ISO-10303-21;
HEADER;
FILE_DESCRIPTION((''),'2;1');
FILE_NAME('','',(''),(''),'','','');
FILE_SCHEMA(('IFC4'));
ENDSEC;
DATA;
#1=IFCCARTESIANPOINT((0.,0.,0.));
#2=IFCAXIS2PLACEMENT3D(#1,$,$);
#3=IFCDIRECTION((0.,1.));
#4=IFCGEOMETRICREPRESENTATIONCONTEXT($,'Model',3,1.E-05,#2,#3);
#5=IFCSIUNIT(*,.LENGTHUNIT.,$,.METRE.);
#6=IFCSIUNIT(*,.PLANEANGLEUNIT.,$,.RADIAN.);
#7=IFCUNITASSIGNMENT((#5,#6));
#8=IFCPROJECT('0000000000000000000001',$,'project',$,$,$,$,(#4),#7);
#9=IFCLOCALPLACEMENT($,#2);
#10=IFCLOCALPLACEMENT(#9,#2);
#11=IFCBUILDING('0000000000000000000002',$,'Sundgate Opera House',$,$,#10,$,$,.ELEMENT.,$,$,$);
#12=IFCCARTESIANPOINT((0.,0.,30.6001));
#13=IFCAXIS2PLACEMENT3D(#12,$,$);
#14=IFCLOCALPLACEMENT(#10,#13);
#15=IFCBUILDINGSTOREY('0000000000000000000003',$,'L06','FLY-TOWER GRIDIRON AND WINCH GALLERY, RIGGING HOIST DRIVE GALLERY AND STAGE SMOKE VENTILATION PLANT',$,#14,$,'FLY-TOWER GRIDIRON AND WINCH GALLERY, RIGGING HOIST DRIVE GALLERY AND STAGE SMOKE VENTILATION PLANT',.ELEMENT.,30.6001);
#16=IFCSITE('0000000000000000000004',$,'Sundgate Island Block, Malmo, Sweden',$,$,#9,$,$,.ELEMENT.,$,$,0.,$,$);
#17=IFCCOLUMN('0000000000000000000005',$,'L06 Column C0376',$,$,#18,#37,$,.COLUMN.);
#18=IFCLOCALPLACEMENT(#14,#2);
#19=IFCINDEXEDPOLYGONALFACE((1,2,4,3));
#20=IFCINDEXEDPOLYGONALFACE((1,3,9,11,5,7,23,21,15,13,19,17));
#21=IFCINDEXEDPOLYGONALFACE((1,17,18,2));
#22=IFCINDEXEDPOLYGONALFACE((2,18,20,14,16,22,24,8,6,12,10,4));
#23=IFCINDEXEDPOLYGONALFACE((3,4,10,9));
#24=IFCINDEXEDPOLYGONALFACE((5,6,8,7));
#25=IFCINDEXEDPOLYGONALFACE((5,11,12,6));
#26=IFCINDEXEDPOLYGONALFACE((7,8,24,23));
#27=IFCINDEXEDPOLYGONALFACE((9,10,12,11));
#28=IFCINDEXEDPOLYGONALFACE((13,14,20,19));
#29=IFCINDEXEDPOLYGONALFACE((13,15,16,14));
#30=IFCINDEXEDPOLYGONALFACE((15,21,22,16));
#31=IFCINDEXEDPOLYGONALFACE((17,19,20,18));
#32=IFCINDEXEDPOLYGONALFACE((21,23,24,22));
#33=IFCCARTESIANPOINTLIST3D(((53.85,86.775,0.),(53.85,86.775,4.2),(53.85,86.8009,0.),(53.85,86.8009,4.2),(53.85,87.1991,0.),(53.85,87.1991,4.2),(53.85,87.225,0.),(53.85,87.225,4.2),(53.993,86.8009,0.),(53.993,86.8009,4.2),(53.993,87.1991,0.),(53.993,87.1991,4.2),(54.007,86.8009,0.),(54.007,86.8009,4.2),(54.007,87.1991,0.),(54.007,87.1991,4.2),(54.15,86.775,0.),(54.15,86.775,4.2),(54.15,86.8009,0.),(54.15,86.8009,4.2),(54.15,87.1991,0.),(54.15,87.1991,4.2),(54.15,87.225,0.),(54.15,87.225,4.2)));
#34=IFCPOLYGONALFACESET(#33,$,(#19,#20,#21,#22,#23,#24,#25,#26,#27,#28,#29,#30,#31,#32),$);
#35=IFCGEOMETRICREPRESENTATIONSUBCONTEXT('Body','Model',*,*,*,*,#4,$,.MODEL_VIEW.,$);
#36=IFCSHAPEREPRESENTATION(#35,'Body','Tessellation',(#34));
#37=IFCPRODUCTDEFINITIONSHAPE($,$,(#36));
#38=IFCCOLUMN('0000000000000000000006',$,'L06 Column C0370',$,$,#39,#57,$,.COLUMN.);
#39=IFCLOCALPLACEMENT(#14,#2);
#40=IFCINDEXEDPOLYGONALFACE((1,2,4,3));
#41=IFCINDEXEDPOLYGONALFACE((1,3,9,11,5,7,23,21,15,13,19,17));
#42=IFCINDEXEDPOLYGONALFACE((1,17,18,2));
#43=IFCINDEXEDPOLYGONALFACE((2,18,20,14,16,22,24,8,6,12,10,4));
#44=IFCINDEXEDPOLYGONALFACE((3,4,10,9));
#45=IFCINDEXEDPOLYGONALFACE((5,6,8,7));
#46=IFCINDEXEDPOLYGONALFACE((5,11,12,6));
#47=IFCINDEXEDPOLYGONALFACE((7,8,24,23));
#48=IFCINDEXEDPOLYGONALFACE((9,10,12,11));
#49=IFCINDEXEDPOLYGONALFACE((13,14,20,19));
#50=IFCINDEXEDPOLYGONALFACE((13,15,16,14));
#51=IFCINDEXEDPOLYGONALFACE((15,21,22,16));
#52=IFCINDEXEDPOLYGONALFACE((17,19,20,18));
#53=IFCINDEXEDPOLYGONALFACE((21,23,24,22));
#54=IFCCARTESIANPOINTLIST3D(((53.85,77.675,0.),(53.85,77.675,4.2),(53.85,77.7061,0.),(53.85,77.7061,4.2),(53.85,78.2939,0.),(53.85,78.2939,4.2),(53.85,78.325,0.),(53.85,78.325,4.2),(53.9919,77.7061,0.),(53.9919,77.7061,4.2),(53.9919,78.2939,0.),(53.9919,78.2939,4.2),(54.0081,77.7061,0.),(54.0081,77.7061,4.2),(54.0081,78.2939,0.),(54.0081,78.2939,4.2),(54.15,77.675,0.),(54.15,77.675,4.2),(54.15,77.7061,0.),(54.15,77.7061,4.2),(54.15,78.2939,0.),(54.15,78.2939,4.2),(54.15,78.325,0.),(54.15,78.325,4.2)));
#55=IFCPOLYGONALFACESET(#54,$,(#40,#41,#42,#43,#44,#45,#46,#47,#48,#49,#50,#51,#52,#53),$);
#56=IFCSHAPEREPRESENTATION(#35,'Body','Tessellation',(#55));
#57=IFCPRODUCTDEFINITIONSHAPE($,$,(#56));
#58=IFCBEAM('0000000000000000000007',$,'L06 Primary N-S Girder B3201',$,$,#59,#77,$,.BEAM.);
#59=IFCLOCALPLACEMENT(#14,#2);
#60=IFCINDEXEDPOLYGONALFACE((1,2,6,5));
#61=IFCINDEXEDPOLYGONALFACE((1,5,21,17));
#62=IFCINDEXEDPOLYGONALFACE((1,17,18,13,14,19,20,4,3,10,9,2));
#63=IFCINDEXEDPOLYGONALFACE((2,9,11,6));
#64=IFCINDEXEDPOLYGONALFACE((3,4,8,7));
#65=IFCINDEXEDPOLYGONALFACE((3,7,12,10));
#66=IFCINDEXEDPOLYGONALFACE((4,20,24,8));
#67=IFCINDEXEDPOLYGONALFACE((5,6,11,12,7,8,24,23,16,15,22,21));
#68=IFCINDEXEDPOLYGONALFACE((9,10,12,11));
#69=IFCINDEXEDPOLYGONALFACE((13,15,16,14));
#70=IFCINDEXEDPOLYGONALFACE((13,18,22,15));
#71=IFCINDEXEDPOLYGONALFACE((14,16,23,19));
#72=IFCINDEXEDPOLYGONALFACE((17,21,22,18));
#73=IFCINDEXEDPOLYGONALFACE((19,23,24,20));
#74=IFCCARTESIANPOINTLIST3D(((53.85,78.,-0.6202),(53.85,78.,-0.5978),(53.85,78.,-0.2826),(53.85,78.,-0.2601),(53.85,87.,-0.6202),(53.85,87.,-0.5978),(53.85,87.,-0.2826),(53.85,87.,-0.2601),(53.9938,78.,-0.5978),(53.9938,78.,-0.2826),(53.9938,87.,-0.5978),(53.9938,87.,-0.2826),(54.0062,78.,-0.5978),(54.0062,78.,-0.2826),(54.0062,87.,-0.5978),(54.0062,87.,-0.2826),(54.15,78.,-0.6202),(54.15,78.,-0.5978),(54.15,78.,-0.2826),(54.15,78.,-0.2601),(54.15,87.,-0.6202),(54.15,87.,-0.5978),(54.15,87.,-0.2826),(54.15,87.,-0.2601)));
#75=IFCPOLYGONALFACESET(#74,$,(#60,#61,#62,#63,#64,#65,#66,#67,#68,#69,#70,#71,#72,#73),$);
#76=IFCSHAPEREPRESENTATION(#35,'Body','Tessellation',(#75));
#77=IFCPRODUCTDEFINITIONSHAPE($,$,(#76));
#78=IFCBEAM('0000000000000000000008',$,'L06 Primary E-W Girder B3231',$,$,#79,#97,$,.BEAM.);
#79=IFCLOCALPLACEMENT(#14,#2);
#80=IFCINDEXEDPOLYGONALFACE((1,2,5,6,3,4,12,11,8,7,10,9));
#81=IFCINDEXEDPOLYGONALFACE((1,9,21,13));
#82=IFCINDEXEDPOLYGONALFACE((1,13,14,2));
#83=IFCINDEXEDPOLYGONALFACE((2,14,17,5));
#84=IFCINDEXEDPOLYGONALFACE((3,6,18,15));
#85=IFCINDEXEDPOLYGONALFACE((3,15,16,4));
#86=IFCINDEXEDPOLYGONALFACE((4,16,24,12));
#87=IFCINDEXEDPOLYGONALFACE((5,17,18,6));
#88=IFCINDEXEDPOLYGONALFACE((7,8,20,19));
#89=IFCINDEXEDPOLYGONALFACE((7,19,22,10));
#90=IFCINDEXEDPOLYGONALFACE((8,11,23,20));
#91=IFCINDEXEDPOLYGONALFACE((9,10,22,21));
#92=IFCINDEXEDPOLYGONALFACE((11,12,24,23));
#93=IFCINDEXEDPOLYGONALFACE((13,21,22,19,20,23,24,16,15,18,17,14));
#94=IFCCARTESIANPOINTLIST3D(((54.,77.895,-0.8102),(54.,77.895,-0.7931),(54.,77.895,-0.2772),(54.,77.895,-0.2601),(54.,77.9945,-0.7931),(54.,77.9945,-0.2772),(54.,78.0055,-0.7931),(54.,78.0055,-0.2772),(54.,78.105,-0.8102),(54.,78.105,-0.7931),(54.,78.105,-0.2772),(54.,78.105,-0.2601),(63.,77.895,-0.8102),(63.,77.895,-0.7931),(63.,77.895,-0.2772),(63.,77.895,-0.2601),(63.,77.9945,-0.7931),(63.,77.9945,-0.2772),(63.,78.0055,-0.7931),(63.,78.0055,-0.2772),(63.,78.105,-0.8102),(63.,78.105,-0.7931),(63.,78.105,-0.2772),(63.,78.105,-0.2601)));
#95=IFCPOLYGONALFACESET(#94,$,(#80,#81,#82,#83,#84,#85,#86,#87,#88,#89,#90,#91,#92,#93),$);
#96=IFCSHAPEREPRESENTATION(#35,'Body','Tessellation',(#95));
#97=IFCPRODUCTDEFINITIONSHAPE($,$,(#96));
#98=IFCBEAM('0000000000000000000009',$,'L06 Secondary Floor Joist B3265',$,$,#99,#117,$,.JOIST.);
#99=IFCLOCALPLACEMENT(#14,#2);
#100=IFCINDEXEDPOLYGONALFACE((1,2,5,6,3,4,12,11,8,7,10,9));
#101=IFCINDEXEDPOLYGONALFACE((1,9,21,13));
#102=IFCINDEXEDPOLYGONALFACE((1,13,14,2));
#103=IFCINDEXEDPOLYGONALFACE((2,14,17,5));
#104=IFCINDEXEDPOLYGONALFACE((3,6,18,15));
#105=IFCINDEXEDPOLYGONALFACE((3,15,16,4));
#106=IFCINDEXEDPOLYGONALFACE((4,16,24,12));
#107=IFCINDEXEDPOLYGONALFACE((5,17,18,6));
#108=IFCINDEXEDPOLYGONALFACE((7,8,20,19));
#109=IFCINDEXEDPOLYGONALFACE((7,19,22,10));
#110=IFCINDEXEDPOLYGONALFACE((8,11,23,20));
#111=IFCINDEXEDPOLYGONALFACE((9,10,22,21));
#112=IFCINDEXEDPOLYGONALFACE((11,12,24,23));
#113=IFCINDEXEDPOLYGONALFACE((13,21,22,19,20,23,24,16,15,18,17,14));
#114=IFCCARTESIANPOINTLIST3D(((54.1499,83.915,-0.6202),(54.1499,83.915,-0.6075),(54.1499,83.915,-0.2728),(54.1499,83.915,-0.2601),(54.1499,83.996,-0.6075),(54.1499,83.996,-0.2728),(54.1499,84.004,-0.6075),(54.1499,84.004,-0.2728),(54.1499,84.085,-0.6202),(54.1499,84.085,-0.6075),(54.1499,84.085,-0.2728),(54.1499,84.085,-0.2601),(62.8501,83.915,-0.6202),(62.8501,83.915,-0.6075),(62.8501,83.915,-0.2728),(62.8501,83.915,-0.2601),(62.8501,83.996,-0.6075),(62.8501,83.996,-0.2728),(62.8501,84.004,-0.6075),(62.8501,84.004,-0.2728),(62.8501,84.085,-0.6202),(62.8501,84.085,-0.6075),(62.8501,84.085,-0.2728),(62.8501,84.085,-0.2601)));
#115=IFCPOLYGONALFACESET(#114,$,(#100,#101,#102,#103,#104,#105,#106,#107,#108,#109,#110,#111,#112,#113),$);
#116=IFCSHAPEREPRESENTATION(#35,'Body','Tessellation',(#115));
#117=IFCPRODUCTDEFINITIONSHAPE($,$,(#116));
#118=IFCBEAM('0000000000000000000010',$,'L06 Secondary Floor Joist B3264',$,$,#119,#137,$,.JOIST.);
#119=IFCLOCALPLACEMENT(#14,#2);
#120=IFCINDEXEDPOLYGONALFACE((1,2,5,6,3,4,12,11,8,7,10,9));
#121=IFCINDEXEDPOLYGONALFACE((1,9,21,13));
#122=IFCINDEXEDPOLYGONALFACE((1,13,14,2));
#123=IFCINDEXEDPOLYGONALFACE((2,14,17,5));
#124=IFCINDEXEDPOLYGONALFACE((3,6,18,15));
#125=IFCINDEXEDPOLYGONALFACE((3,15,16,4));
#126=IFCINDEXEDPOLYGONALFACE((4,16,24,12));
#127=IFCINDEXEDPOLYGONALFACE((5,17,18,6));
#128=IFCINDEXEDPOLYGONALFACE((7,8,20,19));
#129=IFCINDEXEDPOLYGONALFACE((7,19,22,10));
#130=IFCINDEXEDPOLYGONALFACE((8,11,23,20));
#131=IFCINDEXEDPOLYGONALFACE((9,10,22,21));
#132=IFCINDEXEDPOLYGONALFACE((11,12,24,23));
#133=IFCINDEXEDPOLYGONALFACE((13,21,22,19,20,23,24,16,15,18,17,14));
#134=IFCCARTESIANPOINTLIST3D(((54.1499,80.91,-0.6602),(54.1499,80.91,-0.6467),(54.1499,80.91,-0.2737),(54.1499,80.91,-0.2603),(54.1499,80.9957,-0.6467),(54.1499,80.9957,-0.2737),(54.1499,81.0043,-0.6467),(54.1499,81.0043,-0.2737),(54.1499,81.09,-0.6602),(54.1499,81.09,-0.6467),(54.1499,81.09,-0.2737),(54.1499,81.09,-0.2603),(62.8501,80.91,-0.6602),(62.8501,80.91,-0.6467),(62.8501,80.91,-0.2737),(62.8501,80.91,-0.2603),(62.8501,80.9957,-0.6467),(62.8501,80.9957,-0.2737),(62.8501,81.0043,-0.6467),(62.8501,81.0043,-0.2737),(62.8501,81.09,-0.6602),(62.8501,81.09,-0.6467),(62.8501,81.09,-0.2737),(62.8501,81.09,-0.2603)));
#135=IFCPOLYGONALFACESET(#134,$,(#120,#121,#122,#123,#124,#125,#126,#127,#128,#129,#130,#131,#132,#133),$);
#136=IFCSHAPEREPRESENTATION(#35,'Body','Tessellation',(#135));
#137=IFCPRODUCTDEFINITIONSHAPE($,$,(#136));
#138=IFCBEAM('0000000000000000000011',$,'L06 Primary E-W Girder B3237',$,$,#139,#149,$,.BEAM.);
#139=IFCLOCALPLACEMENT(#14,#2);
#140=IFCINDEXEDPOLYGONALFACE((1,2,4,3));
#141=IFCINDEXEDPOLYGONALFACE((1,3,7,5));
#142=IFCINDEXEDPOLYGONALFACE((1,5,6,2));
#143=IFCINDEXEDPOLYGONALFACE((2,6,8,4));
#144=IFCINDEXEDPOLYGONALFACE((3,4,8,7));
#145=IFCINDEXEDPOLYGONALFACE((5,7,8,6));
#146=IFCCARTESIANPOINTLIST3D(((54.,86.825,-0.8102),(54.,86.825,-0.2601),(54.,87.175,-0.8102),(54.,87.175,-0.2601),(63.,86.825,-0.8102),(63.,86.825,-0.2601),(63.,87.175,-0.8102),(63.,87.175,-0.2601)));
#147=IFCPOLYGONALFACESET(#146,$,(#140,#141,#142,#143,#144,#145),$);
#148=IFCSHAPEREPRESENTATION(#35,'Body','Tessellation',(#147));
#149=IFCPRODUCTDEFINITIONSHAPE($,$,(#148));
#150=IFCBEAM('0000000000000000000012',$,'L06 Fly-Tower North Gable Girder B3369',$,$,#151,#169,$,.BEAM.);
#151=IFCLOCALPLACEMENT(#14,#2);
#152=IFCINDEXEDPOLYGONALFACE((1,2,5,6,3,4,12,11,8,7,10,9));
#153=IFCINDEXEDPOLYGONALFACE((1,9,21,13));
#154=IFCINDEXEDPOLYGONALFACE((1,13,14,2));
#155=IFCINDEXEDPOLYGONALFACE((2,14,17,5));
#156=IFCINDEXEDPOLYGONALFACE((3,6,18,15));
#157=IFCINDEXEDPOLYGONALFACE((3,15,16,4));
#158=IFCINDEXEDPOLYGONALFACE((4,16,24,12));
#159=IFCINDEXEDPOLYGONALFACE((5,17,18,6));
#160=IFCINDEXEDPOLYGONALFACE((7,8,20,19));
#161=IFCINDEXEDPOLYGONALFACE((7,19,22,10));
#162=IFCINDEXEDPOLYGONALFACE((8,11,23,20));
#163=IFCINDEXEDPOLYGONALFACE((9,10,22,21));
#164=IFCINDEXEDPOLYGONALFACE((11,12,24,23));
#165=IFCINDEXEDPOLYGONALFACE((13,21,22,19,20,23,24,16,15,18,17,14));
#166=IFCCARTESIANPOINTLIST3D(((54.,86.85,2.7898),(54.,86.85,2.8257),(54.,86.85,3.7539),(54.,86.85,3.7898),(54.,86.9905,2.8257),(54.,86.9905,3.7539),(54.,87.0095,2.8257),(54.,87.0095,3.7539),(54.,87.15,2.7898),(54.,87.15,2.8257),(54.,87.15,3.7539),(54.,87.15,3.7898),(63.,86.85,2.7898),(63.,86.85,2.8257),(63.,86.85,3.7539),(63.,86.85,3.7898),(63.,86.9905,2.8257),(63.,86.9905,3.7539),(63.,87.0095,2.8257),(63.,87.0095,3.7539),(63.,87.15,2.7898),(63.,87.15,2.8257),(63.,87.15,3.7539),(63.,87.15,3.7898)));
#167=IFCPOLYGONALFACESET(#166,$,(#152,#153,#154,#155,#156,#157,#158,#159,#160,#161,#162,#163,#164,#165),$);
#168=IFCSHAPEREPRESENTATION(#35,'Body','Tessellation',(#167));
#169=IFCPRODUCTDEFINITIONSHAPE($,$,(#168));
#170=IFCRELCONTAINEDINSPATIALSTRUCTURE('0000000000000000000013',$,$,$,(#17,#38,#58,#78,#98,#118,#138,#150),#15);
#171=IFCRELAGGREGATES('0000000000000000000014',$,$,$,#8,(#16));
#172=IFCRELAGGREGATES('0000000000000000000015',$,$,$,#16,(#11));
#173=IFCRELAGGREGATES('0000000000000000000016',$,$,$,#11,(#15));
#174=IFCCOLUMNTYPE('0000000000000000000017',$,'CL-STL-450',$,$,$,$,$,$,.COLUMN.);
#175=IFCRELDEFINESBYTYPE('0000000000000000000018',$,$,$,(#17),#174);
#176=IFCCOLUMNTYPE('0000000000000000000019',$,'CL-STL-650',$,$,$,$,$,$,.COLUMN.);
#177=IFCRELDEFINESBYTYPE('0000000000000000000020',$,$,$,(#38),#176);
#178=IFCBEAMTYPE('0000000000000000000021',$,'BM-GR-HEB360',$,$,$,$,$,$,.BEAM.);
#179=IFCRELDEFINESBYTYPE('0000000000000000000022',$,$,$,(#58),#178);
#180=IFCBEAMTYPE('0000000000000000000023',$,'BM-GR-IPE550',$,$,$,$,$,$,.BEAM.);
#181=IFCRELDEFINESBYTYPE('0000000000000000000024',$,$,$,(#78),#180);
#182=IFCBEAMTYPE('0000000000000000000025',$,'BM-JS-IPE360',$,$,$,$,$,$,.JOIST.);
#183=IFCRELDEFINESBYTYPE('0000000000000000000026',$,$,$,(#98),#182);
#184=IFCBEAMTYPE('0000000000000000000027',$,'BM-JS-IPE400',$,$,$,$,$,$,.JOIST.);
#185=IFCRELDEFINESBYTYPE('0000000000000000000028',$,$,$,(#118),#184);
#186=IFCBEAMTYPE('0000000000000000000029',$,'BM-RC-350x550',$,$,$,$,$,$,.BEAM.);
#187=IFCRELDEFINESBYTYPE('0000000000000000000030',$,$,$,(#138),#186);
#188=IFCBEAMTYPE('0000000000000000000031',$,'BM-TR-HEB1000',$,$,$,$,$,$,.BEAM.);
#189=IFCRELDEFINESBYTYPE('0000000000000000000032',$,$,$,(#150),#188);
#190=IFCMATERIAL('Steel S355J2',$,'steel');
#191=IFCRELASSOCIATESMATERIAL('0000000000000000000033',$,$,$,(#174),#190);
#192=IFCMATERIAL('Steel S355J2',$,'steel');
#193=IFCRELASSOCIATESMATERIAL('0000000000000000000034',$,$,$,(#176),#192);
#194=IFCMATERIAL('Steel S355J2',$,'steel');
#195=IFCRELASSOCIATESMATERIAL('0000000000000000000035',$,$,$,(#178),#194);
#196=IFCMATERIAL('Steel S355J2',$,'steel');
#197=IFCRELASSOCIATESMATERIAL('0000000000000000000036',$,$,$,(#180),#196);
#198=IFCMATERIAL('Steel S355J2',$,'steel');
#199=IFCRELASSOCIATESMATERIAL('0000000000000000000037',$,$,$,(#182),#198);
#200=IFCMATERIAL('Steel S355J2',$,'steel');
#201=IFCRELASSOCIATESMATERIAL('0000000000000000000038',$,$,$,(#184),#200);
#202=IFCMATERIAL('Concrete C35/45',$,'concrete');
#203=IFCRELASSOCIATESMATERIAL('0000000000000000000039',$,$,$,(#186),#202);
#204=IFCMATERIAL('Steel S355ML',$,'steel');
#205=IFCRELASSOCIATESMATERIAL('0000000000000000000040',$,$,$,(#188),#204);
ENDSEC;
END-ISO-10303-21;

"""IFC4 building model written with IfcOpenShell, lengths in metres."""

from ifc_helpers import new_model, si_unit, direction, frame, origin, origin_2d, place, context, subcontext, project, spatial, rectangle, i_section, extrude, material, material_profile, profile_set, type_object, element, save


model = new_model("IFC4")

# Units and contexts
model_context = context("Model", 3, precision=1e-05, world=origin(), true_north=direction((0.0, 1.0)))
body_context = subcontext(model_context, "Body", "Model", "MODEL_VIEW")
ifc_project = project(units=[si_unit("LENGTHUNIT", "METRE"), si_unit("PLANEANGLEUNIT", "RADIAN")], contexts=[model_context])

# Site, building, storey
site_placement = place(None, origin())
site = spatial("IfcSite", under=ifc_project, at=site_placement, Name="Sundgate Island Block, Malmo, Sweden", CompositionType="ELEMENT", RefElevation=0.0)
building_placement = place(site_placement, origin())
building = spatial("IfcBuilding", under=site, at=building_placement, Name="Sundgate Opera House", CompositionType="ELEMENT")
storey_placement = place(building_placement, frame((0.0, 0.0, 30.6001)))
storey = spatial("IfcBuildingStorey", under=building, at=storey_placement, Name="L06", Description="FLY-TOWER GRIDIRON AND WINCH GALLERY, RIGGING HOIST DRIVE GALLERY AND STAGE SMOKE VENTILATION PLANT", LongName="FLY-TOWER GRIDIRON AND WINCH GALLERY, RIGGING HOIST DRIVE GALLERY AND STAGE SMOKE VENTILATION PLANT", CompositionType="ELEMENT", Elevation=30.6001)

# Columns
ifc_material_1 = material(Name="Steel S355J2", Category="steel")
ifc_material_profile_1 = material_profile(ifc_material_1, i_section(OverallWidth=0.3, OverallDepth=0.45, WebThickness=0.0139, FlangeThickness=0.0259, at=origin_2d()), Name="HEB 450")
ifc_profile_set_1 = profile_set([ifc_material_profile_1], Name="Steel S355J2")
column_type_1 = type_object("IfcColumnType", Name="CL-STL-450", PredefinedType="COLUMN", material=ifc_profile_set_1)
column_1_placement = place(storey_placement, frame((54.0, 87.0, 0.0), z_axis=(0.0, 0.0, 1.0), x_axis=(1.0, 0.0, 0.0)))
element("IfcColumn", 1, at=column_1_placement, inside=storey, type_object=column_type_1, Name="L06 Column C0376", PredefinedType="COLUMN", context=body_context, shape_type="SweptSolid", body=[
    extrude(i_section(OverallWidth=0.3, OverallDepth=0.45, WebThickness=0.0139, FlangeThickness=0.0259, at=origin_2d()), origin(), (0.0, 0.0, 1.0), 4.2),
])
ifc_material_2 = material(Name="Steel S355J2", Category="steel")
ifc_material_profile_2 = material_profile(ifc_material_2, i_section(OverallWidth=0.3, OverallDepth=0.6499, WebThickness=0.0161, FlangeThickness=0.031, at=origin_2d()), Name="HEB 650")
ifc_profile_set_2 = profile_set([ifc_material_profile_2], Name="Steel S355J2")
column_type_2 = type_object("IfcColumnType", Name="CL-STL-650", PredefinedType="COLUMN", material=ifc_profile_set_2)
column_2_placement = place(storey_placement, frame((54.0, 78.0, 0.0), z_axis=(0.0, 0.0, 1.0), x_axis=(1.0, 0.0, 0.0)))
element("IfcColumn", 2, at=column_2_placement, inside=storey, type_object=column_type_2, Name="L06 Column C0370", PredefinedType="COLUMN", context=body_context, shape_type="SweptSolid", body=[
    extrude(i_section(OverallWidth=0.3, OverallDepth=0.6499, WebThickness=0.0161, FlangeThickness=0.031, at=origin_2d()), origin(), (0.0, 0.0, 1.0), 4.2),
])

# Beams
ifc_material_3 = material(Name="Steel S355J2", Category="steel")
ifc_material_profile_3 = material_profile(ifc_material_3, i_section(OverallWidth=0.3, OverallDepth=0.3601, WebThickness=0.0125, FlangeThickness=0.0225, at=origin_2d()), Name="HEB 360")
ifc_profile_set_3 = profile_set([ifc_material_profile_3], Name="Steel S355J2")
beam_type_1 = type_object("IfcBeamType", Name="BM-GR-HEB360", PredefinedType="BEAM", material=ifc_profile_set_3)
beam_1_placement = place(storey_placement, frame((54.0, 78.0, -0.4402), z_axis=(0.0, 1.0, 0.0), x_axis=(-1.0, 0.0, 0.0)))
element("IfcBeam", 3, at=beam_1_placement, inside=storey, type_object=beam_type_1, Name="L06 Primary N-S Girder B3201", PredefinedType="BEAM", context=body_context, shape_type="SweptSolid", body=[
    extrude(i_section(OverallWidth=0.3, OverallDepth=0.3601, WebThickness=0.0125, FlangeThickness=0.0225, at=origin_2d()), origin(), (0.0, 0.0, 1.0), 9.0),
])
ifc_material_4 = material(Name="Steel S355J2", Category="steel")
ifc_material_profile_4 = material_profile(ifc_material_4, i_section(OverallWidth=0.21, OverallDepth=0.55, WebThickness=0.011, FlangeThickness=0.0171, at=origin_2d()), Name="IPE 550")
ifc_profile_set_4 = profile_set([ifc_material_profile_4], Name="Steel S355J2")
beam_type_2 = type_object("IfcBeamType", Name="BM-GR-IPE550", PredefinedType="BEAM", material=ifc_profile_set_4)
beam_2_placement = place(storey_placement, frame((54.0, 78.0, -0.5352), z_axis=(1.0, 0.0, 0.0), x_axis=(0.0, 1.0, 0.0)))
element("IfcBeam", 4, at=beam_2_placement, inside=storey, type_object=beam_type_2, Name="L06 Primary E-W Girder B3231", PredefinedType="BEAM", context=body_context, shape_type="SweptSolid", body=[
    extrude(i_section(OverallWidth=0.21, OverallDepth=0.55, WebThickness=0.011, FlangeThickness=0.0171, at=origin_2d()), origin(), (0.0, 0.0, 1.0), 9.0),
])
ifc_material_5 = material(Name="Steel S355J2", Category="steel")
ifc_material_profile_5 = material_profile(ifc_material_5, i_section(OverallWidth=0.1699, OverallDepth=0.3601, WebThickness=0.0081, FlangeThickness=0.0127, at=origin_2d()), Name="IPE 360")
ifc_profile_set_5 = profile_set([ifc_material_profile_5], Name="Steel S355J2")
beam_type_3 = type_object("IfcBeamType", Name="BM-JS-IPE360", PredefinedType="JOIST", material=ifc_profile_set_5)
beam_3_placement = place(storey_placement, frame((54.1499, 84.0, -0.4402), z_axis=(1.0, 0.0, 0.0), x_axis=(0.0, 1.0, 0.0)))
element("IfcBeam", 5, at=beam_3_placement, inside=storey, type_object=beam_type_3, Name="L06 Secondary Floor Joist B3265", PredefinedType="JOIST", context=body_context, shape_type="SweptSolid", body=[
    extrude(i_section(OverallWidth=0.1699, OverallDepth=0.3601, WebThickness=0.0081, FlangeThickness=0.0127, at=origin_2d()), origin(), (0.0, 0.0, 1.0), 8.7002),
])
ifc_material_6 = material(Name="Steel S355J2", Category="steel")
ifc_material_profile_6 = material_profile(ifc_material_6, i_section(OverallWidth=0.1799, OverallDepth=0.3999, WebThickness=0.0085, FlangeThickness=0.0134, at=origin_2d()), Name="IPE 400")
ifc_profile_set_6 = profile_set([ifc_material_profile_6], Name="Steel S355J2")
beam_type_4 = type_object("IfcBeamType", Name="BM-JS-IPE400", PredefinedType="JOIST", material=ifc_profile_set_6)
beam_4_placement = place(storey_placement, frame((54.1499, 81.0, -0.4602), z_axis=(1.0, 0.0, 0.0), x_axis=(0.0, 1.0, 0.0)))
element("IfcBeam", 6, at=beam_4_placement, inside=storey, type_object=beam_type_4, Name="L06 Secondary Floor Joist B3264", PredefinedType="JOIST", context=body_context, shape_type="SweptSolid", body=[
    extrude(i_section(OverallWidth=0.1799, OverallDepth=0.3999, WebThickness=0.0085, FlangeThickness=0.0134, at=origin_2d()), origin(), (0.0, 0.0, 1.0), 8.7002),
])
ifc_material_7 = material(Name="Concrete C35/45", Category="concrete")
ifc_material_profile_7 = material_profile(ifc_material_7, rectangle(XDim=0.3501, YDim=0.55, at=origin_2d()), Name="RC 350x550")
ifc_profile_set_7 = profile_set([ifc_material_profile_7], Name="Concrete C35/45")
beam_type_5 = type_object("IfcBeamType", Name="BM-RC-350x550", PredefinedType="BEAM", material=ifc_profile_set_7)
beam_5_placement = place(storey_placement, frame((54.0, 87.0, -0.5352), z_axis=(1.0, 0.0, 0.0), x_axis=(0.0, 1.0, 0.0)))
element("IfcBeam", 7, at=beam_5_placement, inside=storey, type_object=beam_type_5, Name="L06 Primary E-W Girder B3237", PredefinedType="BEAM", context=body_context, shape_type="SweptSolid", body=[
    extrude(rectangle(XDim=0.3501, YDim=0.55, at=origin_2d()), origin(), (0.0, 0.0, 1.0), 9.0),
])
ifc_material_8 = material(Name="Steel S355ML", Category="steel")
ifc_material_profile_8 = material_profile(ifc_material_8, i_section(OverallWidth=0.3, OverallDepth=1.0, WebThickness=0.019, FlangeThickness=0.0359, at=origin_2d()), Name="HEB 1000")
ifc_profile_set_8 = profile_set([ifc_material_profile_8], Name="Steel S355ML")
beam_type_6 = type_object("IfcBeamType", Name="BM-TR-HEB1000", PredefinedType="BEAM", material=ifc_profile_set_8)
beam_6_placement = place(storey_placement, frame((54.0, 87.0, 3.2898), z_axis=(1.0, 0.0, 0.0), x_axis=(0.0, 1.0, 0.0)))
element("IfcBeam", 8, at=beam_6_placement, inside=storey, type_object=beam_type_6, Name="L06 Fly-Tower North Gable Girder B3369", PredefinedType="BEAM", context=body_context, shape_type="SweptSolid", body=[
    extrude(i_section(OverallWidth=0.3, OverallDepth=1.0, WebThickness=0.019, FlangeThickness=0.0359, at=origin_2d()), origin(), (0.0, 0.0, 1.0), 9.0),
])

save(model, "model.ifc")
